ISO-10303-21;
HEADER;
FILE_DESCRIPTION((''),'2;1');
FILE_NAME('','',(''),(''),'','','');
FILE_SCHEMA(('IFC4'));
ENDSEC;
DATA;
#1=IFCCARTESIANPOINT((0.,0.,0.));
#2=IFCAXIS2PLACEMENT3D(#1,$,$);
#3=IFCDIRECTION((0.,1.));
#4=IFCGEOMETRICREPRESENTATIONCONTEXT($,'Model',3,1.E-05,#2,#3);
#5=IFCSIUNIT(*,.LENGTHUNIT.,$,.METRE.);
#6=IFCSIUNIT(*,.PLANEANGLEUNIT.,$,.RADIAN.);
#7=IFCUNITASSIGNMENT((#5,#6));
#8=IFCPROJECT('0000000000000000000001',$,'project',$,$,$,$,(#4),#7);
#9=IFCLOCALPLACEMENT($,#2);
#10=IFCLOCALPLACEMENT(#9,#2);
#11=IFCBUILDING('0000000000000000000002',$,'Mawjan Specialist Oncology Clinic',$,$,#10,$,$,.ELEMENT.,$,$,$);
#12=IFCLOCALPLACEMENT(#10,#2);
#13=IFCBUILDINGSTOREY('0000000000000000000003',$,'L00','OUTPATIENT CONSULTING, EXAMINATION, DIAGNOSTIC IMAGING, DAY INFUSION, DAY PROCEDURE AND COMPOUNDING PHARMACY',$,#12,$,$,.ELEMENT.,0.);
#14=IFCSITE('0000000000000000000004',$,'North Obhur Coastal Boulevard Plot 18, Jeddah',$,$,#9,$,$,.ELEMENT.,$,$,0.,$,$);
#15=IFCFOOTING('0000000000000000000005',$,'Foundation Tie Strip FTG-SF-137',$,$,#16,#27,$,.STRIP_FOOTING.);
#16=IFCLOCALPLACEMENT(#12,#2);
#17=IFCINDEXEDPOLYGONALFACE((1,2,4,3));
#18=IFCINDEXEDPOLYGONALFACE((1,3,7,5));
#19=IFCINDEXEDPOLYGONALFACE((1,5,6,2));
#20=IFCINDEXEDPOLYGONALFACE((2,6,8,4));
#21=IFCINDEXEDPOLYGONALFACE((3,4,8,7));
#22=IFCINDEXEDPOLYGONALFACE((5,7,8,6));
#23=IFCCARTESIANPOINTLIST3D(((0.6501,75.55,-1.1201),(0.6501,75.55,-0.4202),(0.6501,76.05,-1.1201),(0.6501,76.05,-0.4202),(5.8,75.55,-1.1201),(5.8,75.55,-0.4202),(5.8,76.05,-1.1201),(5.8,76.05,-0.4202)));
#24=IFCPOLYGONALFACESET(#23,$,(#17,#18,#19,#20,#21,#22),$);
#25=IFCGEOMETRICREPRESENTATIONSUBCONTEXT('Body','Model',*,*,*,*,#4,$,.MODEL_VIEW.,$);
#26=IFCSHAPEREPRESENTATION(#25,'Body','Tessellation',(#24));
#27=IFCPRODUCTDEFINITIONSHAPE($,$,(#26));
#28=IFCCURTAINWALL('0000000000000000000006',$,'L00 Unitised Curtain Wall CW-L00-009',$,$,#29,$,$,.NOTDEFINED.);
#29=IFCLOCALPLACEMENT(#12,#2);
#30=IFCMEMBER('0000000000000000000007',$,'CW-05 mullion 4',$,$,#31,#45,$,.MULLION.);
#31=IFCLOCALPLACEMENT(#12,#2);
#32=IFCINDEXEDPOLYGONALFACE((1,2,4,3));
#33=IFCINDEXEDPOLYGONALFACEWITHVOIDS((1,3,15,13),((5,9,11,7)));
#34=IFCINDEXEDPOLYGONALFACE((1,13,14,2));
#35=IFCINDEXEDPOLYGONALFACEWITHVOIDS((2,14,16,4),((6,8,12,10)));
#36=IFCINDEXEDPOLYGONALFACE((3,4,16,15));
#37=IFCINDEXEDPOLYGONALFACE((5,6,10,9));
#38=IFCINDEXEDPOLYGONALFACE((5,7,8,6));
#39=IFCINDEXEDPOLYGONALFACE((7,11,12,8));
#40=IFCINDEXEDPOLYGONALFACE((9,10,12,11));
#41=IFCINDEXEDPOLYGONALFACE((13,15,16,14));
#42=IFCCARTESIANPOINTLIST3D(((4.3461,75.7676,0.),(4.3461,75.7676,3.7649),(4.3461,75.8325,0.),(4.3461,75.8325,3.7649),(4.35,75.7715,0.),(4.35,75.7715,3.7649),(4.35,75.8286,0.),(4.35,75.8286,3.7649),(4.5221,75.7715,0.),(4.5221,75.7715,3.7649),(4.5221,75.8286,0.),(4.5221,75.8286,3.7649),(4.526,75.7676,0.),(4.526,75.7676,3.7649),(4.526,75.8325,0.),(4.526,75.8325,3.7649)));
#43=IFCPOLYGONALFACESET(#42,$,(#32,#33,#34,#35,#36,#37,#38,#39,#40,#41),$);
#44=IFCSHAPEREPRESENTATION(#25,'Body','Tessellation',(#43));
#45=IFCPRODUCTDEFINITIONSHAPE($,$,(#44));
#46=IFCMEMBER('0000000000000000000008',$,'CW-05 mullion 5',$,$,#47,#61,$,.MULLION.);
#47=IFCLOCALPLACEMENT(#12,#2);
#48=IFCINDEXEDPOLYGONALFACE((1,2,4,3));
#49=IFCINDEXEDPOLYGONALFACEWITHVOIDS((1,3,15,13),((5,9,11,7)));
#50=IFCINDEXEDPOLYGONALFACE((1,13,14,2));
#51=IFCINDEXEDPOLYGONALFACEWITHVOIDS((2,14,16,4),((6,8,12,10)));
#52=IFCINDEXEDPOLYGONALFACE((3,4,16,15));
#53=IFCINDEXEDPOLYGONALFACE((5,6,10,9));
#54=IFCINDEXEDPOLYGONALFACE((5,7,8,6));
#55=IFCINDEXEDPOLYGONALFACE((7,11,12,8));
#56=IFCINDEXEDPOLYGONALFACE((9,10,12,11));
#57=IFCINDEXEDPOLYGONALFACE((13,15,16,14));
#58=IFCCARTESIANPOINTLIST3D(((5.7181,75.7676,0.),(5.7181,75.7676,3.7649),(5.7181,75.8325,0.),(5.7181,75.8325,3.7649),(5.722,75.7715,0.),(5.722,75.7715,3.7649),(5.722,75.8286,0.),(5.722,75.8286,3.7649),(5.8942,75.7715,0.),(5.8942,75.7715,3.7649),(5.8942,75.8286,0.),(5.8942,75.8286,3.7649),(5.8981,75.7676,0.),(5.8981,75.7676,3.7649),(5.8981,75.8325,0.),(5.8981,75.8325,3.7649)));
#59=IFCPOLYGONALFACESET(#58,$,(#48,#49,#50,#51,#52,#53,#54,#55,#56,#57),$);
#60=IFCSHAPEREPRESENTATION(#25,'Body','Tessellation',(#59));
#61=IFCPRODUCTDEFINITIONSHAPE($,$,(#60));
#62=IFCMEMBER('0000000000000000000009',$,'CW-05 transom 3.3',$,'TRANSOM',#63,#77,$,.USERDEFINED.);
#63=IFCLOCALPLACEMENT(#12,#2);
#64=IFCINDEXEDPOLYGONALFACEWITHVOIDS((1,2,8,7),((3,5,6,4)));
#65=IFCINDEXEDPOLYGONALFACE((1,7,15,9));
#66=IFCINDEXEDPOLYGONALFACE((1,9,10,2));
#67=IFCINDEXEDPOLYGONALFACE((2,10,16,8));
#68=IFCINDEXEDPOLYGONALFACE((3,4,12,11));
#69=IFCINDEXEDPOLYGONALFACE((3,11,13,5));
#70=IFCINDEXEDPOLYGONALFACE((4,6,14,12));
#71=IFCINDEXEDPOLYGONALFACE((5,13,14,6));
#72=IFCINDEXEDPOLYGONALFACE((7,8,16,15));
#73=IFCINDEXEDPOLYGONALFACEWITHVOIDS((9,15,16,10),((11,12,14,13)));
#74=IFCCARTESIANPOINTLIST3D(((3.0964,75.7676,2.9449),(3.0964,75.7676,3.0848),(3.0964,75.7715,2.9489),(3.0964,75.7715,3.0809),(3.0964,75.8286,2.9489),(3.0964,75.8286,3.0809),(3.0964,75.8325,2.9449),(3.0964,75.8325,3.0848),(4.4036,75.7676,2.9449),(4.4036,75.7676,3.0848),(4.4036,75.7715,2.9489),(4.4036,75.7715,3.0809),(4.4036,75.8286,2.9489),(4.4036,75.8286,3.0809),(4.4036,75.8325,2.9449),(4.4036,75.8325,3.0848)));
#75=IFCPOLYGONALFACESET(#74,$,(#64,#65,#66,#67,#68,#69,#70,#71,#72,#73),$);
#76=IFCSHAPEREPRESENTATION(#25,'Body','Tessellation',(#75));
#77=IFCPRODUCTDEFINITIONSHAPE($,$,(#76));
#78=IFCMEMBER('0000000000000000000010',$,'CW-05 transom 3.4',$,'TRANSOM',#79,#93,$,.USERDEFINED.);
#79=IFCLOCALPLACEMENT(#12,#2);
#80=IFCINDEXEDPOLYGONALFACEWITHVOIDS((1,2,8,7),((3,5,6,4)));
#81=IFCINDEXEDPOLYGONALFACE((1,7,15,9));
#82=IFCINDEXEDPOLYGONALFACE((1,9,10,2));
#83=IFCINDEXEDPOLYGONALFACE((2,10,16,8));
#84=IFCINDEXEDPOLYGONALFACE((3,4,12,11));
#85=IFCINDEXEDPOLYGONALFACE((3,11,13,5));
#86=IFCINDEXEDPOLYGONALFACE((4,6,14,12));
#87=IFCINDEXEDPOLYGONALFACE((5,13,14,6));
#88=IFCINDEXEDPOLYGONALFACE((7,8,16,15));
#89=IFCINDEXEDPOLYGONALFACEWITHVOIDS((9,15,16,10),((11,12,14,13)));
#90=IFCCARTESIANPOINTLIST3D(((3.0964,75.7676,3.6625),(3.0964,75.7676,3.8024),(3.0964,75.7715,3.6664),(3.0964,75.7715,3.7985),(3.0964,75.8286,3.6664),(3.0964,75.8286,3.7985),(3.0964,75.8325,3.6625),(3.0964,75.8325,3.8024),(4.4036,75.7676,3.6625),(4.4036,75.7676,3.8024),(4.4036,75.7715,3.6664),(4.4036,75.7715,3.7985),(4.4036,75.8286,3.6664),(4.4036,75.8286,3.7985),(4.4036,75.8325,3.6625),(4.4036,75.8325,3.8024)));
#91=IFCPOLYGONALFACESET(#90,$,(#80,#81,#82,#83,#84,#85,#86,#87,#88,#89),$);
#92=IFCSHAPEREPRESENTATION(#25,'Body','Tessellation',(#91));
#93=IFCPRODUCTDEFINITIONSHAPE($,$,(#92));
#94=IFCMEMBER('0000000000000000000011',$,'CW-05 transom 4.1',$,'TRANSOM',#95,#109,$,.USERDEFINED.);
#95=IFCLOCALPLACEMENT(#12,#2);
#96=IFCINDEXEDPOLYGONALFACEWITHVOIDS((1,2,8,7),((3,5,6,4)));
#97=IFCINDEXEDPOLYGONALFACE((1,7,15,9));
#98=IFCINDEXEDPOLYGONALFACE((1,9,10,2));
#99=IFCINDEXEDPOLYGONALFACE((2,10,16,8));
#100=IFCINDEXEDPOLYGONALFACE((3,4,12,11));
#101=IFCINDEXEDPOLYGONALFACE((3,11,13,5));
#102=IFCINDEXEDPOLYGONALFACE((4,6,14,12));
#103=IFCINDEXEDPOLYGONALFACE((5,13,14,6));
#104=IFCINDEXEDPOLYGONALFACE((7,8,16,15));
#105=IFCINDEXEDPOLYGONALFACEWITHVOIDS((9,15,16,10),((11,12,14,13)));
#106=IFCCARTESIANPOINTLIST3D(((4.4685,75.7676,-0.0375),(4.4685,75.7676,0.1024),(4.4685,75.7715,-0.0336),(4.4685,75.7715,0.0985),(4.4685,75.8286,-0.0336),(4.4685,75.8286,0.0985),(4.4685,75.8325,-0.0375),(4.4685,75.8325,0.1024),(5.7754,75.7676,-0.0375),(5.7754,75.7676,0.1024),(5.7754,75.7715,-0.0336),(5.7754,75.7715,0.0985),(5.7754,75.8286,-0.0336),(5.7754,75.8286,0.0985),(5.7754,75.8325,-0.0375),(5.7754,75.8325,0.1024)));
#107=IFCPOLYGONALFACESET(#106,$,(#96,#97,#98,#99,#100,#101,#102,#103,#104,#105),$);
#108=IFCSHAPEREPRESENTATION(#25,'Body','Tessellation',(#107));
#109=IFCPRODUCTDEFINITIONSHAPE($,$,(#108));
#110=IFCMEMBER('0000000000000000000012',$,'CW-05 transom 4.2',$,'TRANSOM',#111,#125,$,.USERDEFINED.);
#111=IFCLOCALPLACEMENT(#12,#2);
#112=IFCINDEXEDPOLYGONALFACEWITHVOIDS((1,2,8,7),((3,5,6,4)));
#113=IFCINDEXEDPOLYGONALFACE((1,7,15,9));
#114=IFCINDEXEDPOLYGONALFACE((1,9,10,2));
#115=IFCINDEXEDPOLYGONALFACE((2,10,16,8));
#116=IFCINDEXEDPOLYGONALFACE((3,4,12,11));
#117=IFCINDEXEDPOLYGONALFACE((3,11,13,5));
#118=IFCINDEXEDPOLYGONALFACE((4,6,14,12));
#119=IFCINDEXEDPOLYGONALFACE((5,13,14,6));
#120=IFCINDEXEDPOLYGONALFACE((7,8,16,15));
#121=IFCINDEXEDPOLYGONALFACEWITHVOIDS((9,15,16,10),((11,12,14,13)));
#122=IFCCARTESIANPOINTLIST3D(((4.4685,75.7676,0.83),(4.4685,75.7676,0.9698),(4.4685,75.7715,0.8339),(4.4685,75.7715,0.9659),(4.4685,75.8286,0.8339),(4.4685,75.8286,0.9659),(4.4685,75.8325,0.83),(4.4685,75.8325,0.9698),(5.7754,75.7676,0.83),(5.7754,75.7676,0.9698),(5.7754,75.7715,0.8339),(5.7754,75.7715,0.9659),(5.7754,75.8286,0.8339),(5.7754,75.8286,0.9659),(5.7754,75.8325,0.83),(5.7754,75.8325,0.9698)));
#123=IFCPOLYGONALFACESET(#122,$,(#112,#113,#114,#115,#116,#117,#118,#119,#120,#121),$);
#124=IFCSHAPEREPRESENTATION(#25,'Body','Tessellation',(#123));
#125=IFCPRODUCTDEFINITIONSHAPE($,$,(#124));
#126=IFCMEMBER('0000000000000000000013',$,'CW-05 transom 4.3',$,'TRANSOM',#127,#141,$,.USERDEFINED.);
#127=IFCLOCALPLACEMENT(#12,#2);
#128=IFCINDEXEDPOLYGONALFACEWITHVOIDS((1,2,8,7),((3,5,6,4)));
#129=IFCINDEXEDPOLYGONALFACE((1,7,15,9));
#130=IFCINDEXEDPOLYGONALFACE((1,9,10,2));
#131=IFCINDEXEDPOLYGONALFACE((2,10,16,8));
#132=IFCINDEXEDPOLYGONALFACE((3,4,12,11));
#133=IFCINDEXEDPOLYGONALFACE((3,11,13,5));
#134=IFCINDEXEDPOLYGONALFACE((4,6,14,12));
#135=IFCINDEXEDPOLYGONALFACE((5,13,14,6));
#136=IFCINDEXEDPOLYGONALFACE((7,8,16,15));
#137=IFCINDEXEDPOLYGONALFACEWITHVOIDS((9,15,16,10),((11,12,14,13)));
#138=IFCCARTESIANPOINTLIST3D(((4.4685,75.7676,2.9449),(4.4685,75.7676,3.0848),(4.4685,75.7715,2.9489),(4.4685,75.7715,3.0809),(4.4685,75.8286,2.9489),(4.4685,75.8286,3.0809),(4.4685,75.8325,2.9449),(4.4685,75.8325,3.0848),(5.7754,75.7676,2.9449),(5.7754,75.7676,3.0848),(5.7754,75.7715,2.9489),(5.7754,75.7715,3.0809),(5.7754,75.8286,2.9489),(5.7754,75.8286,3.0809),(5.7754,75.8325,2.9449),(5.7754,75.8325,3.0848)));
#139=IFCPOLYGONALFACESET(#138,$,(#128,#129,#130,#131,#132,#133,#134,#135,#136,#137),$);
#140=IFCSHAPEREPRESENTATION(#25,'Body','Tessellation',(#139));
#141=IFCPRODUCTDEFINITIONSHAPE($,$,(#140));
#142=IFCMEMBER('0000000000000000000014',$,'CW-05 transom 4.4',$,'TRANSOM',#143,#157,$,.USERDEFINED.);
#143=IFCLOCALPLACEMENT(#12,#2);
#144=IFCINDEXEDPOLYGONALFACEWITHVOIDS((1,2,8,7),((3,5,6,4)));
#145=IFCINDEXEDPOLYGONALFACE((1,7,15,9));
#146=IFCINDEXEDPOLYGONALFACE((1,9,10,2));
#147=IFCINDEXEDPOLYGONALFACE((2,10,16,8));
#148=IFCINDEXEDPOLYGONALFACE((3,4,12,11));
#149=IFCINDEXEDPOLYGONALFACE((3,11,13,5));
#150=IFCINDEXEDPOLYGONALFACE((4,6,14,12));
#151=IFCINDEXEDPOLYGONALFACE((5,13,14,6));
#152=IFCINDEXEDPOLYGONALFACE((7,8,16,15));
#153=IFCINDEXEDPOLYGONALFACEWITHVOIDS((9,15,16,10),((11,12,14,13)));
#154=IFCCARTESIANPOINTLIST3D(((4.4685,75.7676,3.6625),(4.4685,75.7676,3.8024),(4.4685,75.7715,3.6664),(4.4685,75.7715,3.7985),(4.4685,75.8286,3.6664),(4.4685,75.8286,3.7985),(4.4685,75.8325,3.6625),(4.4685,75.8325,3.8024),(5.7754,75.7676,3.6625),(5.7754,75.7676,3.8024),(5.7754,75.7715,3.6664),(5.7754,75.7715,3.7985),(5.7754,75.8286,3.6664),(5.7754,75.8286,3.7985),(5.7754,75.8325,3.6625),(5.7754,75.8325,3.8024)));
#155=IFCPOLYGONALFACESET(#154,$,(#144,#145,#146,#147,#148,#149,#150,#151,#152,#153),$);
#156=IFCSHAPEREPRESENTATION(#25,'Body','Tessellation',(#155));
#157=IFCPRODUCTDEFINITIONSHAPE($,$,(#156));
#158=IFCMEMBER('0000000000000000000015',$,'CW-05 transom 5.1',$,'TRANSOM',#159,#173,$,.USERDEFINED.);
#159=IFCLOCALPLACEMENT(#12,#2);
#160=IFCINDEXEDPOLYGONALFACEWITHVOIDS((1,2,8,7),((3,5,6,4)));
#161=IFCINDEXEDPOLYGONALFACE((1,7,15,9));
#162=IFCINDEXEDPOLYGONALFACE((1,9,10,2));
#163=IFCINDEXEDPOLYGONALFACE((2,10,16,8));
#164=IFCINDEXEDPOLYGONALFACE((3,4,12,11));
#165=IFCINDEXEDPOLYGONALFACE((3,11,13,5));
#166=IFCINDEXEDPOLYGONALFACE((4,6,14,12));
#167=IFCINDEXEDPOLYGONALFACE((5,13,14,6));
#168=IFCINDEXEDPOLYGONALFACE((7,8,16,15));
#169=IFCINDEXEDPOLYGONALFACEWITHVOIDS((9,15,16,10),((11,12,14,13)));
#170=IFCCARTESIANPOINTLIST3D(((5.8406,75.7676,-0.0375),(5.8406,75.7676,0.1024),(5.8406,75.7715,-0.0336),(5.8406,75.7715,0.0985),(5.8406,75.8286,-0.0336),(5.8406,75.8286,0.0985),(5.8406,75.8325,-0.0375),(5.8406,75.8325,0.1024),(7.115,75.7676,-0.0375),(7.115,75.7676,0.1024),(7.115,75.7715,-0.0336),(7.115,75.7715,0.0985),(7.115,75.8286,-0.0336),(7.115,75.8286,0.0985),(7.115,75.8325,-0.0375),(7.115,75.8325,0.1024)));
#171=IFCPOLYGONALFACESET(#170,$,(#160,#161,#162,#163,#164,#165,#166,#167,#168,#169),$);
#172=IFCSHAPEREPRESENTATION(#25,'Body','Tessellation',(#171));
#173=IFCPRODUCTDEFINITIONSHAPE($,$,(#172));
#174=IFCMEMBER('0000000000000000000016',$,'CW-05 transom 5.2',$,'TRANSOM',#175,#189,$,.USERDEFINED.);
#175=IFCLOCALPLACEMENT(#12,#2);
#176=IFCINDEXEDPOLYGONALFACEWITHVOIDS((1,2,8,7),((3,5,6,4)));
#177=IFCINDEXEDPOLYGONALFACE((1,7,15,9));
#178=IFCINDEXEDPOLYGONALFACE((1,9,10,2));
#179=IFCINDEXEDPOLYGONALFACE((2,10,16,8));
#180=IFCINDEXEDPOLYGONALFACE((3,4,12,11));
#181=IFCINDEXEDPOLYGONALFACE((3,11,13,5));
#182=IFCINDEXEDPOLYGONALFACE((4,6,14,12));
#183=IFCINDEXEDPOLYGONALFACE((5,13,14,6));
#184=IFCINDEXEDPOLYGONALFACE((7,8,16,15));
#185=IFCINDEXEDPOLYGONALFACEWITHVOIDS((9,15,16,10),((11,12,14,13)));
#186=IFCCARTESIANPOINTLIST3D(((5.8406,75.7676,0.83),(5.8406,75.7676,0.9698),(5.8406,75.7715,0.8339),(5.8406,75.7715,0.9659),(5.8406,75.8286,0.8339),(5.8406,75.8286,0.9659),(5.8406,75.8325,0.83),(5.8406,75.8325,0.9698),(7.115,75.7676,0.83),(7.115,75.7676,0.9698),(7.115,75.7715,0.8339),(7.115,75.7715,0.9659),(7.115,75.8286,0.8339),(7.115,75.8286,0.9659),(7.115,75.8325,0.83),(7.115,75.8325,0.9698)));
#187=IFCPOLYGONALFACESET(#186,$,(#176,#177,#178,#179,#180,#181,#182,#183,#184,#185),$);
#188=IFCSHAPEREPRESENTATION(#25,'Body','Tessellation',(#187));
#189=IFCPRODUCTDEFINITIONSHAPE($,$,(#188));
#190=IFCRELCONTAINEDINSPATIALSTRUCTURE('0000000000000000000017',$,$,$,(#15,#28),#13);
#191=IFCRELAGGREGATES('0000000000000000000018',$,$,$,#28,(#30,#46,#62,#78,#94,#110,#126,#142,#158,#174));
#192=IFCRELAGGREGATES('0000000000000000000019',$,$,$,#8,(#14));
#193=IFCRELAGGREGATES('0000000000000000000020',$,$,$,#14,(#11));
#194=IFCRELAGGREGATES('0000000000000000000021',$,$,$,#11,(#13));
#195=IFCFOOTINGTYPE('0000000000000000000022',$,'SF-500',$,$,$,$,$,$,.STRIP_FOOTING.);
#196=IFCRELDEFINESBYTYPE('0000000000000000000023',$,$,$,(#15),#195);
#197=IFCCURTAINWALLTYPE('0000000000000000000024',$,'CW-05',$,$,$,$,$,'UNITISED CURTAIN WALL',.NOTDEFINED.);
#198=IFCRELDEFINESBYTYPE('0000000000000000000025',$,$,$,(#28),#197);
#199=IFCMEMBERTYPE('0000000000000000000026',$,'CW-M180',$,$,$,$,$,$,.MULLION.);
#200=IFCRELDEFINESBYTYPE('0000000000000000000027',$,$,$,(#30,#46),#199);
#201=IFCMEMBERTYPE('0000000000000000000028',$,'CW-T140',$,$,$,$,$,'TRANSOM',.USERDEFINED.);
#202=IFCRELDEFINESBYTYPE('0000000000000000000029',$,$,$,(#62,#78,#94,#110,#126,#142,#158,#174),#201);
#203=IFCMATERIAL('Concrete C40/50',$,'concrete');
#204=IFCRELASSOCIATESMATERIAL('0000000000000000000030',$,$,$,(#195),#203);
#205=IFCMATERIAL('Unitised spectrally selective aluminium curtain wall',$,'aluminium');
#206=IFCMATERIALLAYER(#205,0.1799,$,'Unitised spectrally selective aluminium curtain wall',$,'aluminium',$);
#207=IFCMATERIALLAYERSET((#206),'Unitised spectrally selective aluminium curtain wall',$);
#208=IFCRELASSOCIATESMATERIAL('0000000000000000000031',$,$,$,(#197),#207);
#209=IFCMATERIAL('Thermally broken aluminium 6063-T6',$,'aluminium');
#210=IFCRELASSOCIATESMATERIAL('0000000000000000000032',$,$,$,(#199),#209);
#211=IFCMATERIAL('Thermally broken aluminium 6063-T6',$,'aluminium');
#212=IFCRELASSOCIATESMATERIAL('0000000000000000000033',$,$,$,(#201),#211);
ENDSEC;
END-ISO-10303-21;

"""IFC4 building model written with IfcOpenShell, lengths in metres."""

from ifc_helpers import new_model, si_unit, direction, frame, origin, origin_2d, place, context, subcontext, project, spatial, rectangle, hollow_rectangle, extrude, material, layer, layer_set, material_profile, profile_set, type_object, element, aggregate, save


model = new_model("IFC4")

# Units and contexts
model_context = context("Model", 3, precision=1e-05, world=origin(), true_north=direction((0.0, 1.0)))
body_context = subcontext(model_context, "Body", "Model", "MODEL_VIEW")
ifc_project = project(units=[si_unit("LENGTHUNIT", "METRE"), si_unit("PLANEANGLEUNIT", "RADIAN")], contexts=[model_context])

# Site, building, storey
site_placement = place(None, origin())
site = spatial("IfcSite", under=ifc_project, at=site_placement, Name="North Obhur Coastal Boulevard Plot 18, Jeddah", CompositionType="ELEMENT", RefElevation=0.0)
building_placement = place(site_placement, origin())
building = spatial("IfcBuilding", under=site, at=building_placement, Name="Mawjan Specialist Oncology Clinic", CompositionType="ELEMENT")
storey_placement = place(building_placement, origin())
storey = spatial("IfcBuildingStorey", under=building, at=storey_placement, Name="L00", Description="OUTPATIENT CONSULTING, EXAMINATION, DIAGNOSTIC IMAGING, DAY INFUSION, DAY PROCEDURE AND COMPOUNDING PHARMACY", CompositionType="ELEMENT", Elevation=0.0)

# Footing
ifc_material_1 = material(Name="Concrete C40/50", Category="concrete")
footing_type = type_object("IfcFootingType", Name="SF-500", PredefinedType="STRIP_FOOTING", material=ifc_material_1)
footing_placement = place(storey_placement, frame((3.2251, 75.8, -1.1201), z_axis=(0.0, 0.0, 1.0), x_axis=(1.0, 0.0, 0.0)))
element("IfcFooting", 1, at=footing_placement, inside=storey, type_object=footing_type, Name="Foundation Tie Strip FTG-SF-137", PredefinedType="STRIP_FOOTING", context=body_context, shape_type="SweptSolid", body=[
    extrude(rectangle(XDim=5.1499, YDim=0.5, at=origin_2d()), origin(), (0.0, 0.0, 1.0), 0.7),
])

# Curtain wall, members
ifc_material_2 = material(Name="Unitised spectrally selective aluminium curtain wall", Category="aluminium")
ifc_layer_1 = layer(ifc_material_2, 0.1799, Name="Unitised spectrally selective aluminium curtain wall", Category="aluminium")
ifc_layer_set_1 = layer_set([ifc_layer_1], Name="Unitised spectrally selective aluminium curtain wall")
curtain_wall_type = type_object("IfcCurtainWallType", Name="CW-05", ElementType="UNITISED CURTAIN WALL", PredefinedType="NOTDEFINED", material=ifc_layer_set_1)
curtain_wall_placement = place(storey_placement, origin())
curtain_wall = element("IfcCurtainWall", 2, at=curtain_wall_placement, inside=storey, type_object=curtain_wall_type, Name="L00 Unitised Curtain Wall CW-L00-009", PredefinedType="NOTDEFINED")
ifc_material_3 = material(Name="Thermally broken aluminium 6063-T6", Category="aluminium")
ifc_material_profile_1 = material_profile(ifc_material_3, hollow_rectangle(XDim=0.0649, YDim=0.1799, WallThickness=0.0039, at=origin_2d()), Name="ALU MULLION 180x65x4", Category="aluminium")
ifc_profile_set_1 = profile_set([ifc_material_profile_1], Name="Thermally broken aluminium 6063-T6")
member_type_1 = type_object("IfcMemberType", Name="CW-M180", PredefinedType="MULLION", material=ifc_profile_set_1)
member_1_placement = place(storey_placement, frame((4.436, 75.8, 0.0), z_axis=(0.0, 0.0, 1.0), x_axis=(0.0, 1.0, 0.0)))
member_1 = element("IfcMember", 3, at=member_1_placement, type_object=member_type_1, Name="CW-05 mullion 4", PredefinedType="MULLION", context=body_context, shape_type="SweptSolid", body=[
    extrude(hollow_rectangle(XDim=0.0649, YDim=0.1799, WallThickness=0.0039, at=origin_2d()), origin(), (0.0, 0.0, 1.0), 3.7649),
])
member_2_placement = place(storey_placement, frame((5.8081, 75.8, 0.0), z_axis=(0.0, 0.0, 1.0), x_axis=(0.0, 1.0, 0.0)))
member_2 = element("IfcMember", 4, at=member_2_placement, type_object=member_type_1, Name="CW-05 mullion 5", PredefinedType="MULLION", context=body_context, shape_type="SweptSolid", body=[
    extrude(hollow_rectangle(XDim=0.0649, YDim=0.1799, WallThickness=0.0039, at=origin_2d()), origin(), (0.0, 0.0, 1.0), 3.7649),
])
ifc_material_4 = material(Name="Thermally broken aluminium 6063-T6", Category="aluminium")
ifc_material_profile_2 = material_profile(ifc_material_4, hollow_rectangle(XDim=0.0649, YDim=0.1399, WallThickness=0.0039, at=origin_2d()), Name="ALU TRANSOM 140x65x4", Category="aluminium")
ifc_profile_set_2 = profile_set([ifc_material_profile_2], Name="Thermally broken aluminium 6063-T6")
member_type_2 = type_object("IfcMemberType", Name="CW-T140", ElementType="TRANSOM", PredefinedType="USERDEFINED", material=ifc_profile_set_2)
member_3_placement = place(storey_placement, frame((3.0964, 75.8, 3.0149), z_axis=(1.0, 0.0, 0.0), x_axis=(0.0, 1.0, 0.0)))
member_3 = element("IfcMember", 5, at=member_3_placement, type_object=member_type_2, Name="CW-05 transom 3.3", ObjectType="TRANSOM", PredefinedType="USERDEFINED", context=body_context, shape_type="SweptSolid", body=[
    extrude(hollow_rectangle(XDim=0.0649, YDim=0.1399, WallThickness=0.0039, at=origin_2d()), origin(), (0.0, 0.0, 1.0), 1.3071),
])
member_4_placement = place(storey_placement, frame((3.0964, 75.8, 3.7324), z_axis=(1.0, 0.0, 0.0), x_axis=(0.0, 1.0, 0.0)))
member_4 = element("IfcMember", 6, at=member_4_placement, type_object=member_type_2, Name="CW-05 transom 3.4", ObjectType="TRANSOM", PredefinedType="USERDEFINED", context=body_context, shape_type="SweptSolid", body=[
    extrude(hollow_rectangle(XDim=0.0649, YDim=0.1399, WallThickness=0.0039, at=origin_2d()), origin(), (0.0, 0.0, 1.0), 1.3071),
])
member_5_placement = place(storey_placement, frame((4.4685, 75.8, 0.0325), z_axis=(1.0, 0.0, 0.0), x_axis=(0.0, 1.0, 0.0)))
member_5 = element("IfcMember", 7, at=member_5_placement, type_object=member_type_2, Name="CW-05 transom 4.1", ObjectType="TRANSOM", PredefinedType="USERDEFINED", context=body_context, shape_type="SweptSolid", body=[
    extrude(hollow_rectangle(XDim=0.0649, YDim=0.1399, WallThickness=0.0039, at=origin_2d()), origin(), (0.0, 0.0, 1.0), 1.3069),
])
member_6_placement = place(storey_placement, frame((4.4685, 75.8, 0.8999), z_axis=(1.0, 0.0, 0.0), x_axis=(0.0, 1.0, 0.0)))
member_6 = element("IfcMember", 8, at=member_6_placement, type_object=member_type_2, Name="CW-05 transom 4.2", ObjectType="TRANSOM", PredefinedType="USERDEFINED", context=body_context, shape_type="SweptSolid", body=[
    extrude(hollow_rectangle(XDim=0.0649, YDim=0.1399, WallThickness=0.0039, at=origin_2d()), origin(), (0.0, 0.0, 1.0), 1.3069),
])
member_7_placement = place(storey_placement, frame((4.4685, 75.8, 3.0149), z_axis=(1.0, 0.0, 0.0), x_axis=(0.0, 1.0, 0.0)))
member_7 = element("IfcMember", 9, at=member_7_placement, type_object=member_type_2, Name="CW-05 transom 4.3", ObjectType="TRANSOM", PredefinedType="USERDEFINED", context=body_context, shape_type="SweptSolid", body=[
    extrude(hollow_rectangle(XDim=0.0649, YDim=0.1399, WallThickness=0.0039, at=origin_2d()), origin(), (0.0, 0.0, 1.0), 1.3069),
])
member_8_placement = place(storey_placement, frame((4.4685, 75.8, 3.7324), z_axis=(1.0, 0.0, 0.0), x_axis=(0.0, 1.0, 0.0)))
member_8 = element("IfcMember", 10, at=member_8_placement, type_object=member_type_2, Name="CW-05 transom 4.4", ObjectType="TRANSOM", PredefinedType="USERDEFINED", context=body_context, shape_type="SweptSolid", body=[
    extrude(hollow_rectangle(XDim=0.0649, YDim=0.1399, WallThickness=0.0039, at=origin_2d()), origin(), (0.0, 0.0, 1.0), 1.3069),
])
member_9_placement = place(storey_placement, frame((5.8406, 75.8, 0.0325), z_axis=(1.0, 0.0, 0.0), x_axis=(0.0, 1.0, 0.0)))
member_9 = element("IfcMember", 11, at=member_9_placement, type_object=member_type_2, Name="CW-05 transom 5.1", ObjectType="TRANSOM", PredefinedType="USERDEFINED", context=body_context, shape_type="SweptSolid", body=[
    extrude(hollow_rectangle(XDim=0.0649, YDim=0.1399, WallThickness=0.0039, at=origin_2d()), origin(), (0.0, 0.0, 1.0), 1.2744),
])
member_10_placement = place(storey_placement, frame((5.8406, 75.8, 0.8999), z_axis=(1.0, 0.0, 0.0), x_axis=(0.0, 1.0, 0.0)))
member_10 = element("IfcMember", 12, at=member_10_placement, type_object=member_type_2, Name="CW-05 transom 5.2", ObjectType="TRANSOM", PredefinedType="USERDEFINED", context=body_context, shape_type="SweptSolid", body=[
    extrude(hollow_rectangle(XDim=0.0649, YDim=0.1399, WallThickness=0.0039, at=origin_2d()), origin(), (0.0, 0.0, 1.0), 1.2744),
])
aggregate(curtain_wall, [member_1, member_2, member_3, member_4, member_5, member_6, member_7, member_8, member_9, member_10])

save(model, "model.ifc")
